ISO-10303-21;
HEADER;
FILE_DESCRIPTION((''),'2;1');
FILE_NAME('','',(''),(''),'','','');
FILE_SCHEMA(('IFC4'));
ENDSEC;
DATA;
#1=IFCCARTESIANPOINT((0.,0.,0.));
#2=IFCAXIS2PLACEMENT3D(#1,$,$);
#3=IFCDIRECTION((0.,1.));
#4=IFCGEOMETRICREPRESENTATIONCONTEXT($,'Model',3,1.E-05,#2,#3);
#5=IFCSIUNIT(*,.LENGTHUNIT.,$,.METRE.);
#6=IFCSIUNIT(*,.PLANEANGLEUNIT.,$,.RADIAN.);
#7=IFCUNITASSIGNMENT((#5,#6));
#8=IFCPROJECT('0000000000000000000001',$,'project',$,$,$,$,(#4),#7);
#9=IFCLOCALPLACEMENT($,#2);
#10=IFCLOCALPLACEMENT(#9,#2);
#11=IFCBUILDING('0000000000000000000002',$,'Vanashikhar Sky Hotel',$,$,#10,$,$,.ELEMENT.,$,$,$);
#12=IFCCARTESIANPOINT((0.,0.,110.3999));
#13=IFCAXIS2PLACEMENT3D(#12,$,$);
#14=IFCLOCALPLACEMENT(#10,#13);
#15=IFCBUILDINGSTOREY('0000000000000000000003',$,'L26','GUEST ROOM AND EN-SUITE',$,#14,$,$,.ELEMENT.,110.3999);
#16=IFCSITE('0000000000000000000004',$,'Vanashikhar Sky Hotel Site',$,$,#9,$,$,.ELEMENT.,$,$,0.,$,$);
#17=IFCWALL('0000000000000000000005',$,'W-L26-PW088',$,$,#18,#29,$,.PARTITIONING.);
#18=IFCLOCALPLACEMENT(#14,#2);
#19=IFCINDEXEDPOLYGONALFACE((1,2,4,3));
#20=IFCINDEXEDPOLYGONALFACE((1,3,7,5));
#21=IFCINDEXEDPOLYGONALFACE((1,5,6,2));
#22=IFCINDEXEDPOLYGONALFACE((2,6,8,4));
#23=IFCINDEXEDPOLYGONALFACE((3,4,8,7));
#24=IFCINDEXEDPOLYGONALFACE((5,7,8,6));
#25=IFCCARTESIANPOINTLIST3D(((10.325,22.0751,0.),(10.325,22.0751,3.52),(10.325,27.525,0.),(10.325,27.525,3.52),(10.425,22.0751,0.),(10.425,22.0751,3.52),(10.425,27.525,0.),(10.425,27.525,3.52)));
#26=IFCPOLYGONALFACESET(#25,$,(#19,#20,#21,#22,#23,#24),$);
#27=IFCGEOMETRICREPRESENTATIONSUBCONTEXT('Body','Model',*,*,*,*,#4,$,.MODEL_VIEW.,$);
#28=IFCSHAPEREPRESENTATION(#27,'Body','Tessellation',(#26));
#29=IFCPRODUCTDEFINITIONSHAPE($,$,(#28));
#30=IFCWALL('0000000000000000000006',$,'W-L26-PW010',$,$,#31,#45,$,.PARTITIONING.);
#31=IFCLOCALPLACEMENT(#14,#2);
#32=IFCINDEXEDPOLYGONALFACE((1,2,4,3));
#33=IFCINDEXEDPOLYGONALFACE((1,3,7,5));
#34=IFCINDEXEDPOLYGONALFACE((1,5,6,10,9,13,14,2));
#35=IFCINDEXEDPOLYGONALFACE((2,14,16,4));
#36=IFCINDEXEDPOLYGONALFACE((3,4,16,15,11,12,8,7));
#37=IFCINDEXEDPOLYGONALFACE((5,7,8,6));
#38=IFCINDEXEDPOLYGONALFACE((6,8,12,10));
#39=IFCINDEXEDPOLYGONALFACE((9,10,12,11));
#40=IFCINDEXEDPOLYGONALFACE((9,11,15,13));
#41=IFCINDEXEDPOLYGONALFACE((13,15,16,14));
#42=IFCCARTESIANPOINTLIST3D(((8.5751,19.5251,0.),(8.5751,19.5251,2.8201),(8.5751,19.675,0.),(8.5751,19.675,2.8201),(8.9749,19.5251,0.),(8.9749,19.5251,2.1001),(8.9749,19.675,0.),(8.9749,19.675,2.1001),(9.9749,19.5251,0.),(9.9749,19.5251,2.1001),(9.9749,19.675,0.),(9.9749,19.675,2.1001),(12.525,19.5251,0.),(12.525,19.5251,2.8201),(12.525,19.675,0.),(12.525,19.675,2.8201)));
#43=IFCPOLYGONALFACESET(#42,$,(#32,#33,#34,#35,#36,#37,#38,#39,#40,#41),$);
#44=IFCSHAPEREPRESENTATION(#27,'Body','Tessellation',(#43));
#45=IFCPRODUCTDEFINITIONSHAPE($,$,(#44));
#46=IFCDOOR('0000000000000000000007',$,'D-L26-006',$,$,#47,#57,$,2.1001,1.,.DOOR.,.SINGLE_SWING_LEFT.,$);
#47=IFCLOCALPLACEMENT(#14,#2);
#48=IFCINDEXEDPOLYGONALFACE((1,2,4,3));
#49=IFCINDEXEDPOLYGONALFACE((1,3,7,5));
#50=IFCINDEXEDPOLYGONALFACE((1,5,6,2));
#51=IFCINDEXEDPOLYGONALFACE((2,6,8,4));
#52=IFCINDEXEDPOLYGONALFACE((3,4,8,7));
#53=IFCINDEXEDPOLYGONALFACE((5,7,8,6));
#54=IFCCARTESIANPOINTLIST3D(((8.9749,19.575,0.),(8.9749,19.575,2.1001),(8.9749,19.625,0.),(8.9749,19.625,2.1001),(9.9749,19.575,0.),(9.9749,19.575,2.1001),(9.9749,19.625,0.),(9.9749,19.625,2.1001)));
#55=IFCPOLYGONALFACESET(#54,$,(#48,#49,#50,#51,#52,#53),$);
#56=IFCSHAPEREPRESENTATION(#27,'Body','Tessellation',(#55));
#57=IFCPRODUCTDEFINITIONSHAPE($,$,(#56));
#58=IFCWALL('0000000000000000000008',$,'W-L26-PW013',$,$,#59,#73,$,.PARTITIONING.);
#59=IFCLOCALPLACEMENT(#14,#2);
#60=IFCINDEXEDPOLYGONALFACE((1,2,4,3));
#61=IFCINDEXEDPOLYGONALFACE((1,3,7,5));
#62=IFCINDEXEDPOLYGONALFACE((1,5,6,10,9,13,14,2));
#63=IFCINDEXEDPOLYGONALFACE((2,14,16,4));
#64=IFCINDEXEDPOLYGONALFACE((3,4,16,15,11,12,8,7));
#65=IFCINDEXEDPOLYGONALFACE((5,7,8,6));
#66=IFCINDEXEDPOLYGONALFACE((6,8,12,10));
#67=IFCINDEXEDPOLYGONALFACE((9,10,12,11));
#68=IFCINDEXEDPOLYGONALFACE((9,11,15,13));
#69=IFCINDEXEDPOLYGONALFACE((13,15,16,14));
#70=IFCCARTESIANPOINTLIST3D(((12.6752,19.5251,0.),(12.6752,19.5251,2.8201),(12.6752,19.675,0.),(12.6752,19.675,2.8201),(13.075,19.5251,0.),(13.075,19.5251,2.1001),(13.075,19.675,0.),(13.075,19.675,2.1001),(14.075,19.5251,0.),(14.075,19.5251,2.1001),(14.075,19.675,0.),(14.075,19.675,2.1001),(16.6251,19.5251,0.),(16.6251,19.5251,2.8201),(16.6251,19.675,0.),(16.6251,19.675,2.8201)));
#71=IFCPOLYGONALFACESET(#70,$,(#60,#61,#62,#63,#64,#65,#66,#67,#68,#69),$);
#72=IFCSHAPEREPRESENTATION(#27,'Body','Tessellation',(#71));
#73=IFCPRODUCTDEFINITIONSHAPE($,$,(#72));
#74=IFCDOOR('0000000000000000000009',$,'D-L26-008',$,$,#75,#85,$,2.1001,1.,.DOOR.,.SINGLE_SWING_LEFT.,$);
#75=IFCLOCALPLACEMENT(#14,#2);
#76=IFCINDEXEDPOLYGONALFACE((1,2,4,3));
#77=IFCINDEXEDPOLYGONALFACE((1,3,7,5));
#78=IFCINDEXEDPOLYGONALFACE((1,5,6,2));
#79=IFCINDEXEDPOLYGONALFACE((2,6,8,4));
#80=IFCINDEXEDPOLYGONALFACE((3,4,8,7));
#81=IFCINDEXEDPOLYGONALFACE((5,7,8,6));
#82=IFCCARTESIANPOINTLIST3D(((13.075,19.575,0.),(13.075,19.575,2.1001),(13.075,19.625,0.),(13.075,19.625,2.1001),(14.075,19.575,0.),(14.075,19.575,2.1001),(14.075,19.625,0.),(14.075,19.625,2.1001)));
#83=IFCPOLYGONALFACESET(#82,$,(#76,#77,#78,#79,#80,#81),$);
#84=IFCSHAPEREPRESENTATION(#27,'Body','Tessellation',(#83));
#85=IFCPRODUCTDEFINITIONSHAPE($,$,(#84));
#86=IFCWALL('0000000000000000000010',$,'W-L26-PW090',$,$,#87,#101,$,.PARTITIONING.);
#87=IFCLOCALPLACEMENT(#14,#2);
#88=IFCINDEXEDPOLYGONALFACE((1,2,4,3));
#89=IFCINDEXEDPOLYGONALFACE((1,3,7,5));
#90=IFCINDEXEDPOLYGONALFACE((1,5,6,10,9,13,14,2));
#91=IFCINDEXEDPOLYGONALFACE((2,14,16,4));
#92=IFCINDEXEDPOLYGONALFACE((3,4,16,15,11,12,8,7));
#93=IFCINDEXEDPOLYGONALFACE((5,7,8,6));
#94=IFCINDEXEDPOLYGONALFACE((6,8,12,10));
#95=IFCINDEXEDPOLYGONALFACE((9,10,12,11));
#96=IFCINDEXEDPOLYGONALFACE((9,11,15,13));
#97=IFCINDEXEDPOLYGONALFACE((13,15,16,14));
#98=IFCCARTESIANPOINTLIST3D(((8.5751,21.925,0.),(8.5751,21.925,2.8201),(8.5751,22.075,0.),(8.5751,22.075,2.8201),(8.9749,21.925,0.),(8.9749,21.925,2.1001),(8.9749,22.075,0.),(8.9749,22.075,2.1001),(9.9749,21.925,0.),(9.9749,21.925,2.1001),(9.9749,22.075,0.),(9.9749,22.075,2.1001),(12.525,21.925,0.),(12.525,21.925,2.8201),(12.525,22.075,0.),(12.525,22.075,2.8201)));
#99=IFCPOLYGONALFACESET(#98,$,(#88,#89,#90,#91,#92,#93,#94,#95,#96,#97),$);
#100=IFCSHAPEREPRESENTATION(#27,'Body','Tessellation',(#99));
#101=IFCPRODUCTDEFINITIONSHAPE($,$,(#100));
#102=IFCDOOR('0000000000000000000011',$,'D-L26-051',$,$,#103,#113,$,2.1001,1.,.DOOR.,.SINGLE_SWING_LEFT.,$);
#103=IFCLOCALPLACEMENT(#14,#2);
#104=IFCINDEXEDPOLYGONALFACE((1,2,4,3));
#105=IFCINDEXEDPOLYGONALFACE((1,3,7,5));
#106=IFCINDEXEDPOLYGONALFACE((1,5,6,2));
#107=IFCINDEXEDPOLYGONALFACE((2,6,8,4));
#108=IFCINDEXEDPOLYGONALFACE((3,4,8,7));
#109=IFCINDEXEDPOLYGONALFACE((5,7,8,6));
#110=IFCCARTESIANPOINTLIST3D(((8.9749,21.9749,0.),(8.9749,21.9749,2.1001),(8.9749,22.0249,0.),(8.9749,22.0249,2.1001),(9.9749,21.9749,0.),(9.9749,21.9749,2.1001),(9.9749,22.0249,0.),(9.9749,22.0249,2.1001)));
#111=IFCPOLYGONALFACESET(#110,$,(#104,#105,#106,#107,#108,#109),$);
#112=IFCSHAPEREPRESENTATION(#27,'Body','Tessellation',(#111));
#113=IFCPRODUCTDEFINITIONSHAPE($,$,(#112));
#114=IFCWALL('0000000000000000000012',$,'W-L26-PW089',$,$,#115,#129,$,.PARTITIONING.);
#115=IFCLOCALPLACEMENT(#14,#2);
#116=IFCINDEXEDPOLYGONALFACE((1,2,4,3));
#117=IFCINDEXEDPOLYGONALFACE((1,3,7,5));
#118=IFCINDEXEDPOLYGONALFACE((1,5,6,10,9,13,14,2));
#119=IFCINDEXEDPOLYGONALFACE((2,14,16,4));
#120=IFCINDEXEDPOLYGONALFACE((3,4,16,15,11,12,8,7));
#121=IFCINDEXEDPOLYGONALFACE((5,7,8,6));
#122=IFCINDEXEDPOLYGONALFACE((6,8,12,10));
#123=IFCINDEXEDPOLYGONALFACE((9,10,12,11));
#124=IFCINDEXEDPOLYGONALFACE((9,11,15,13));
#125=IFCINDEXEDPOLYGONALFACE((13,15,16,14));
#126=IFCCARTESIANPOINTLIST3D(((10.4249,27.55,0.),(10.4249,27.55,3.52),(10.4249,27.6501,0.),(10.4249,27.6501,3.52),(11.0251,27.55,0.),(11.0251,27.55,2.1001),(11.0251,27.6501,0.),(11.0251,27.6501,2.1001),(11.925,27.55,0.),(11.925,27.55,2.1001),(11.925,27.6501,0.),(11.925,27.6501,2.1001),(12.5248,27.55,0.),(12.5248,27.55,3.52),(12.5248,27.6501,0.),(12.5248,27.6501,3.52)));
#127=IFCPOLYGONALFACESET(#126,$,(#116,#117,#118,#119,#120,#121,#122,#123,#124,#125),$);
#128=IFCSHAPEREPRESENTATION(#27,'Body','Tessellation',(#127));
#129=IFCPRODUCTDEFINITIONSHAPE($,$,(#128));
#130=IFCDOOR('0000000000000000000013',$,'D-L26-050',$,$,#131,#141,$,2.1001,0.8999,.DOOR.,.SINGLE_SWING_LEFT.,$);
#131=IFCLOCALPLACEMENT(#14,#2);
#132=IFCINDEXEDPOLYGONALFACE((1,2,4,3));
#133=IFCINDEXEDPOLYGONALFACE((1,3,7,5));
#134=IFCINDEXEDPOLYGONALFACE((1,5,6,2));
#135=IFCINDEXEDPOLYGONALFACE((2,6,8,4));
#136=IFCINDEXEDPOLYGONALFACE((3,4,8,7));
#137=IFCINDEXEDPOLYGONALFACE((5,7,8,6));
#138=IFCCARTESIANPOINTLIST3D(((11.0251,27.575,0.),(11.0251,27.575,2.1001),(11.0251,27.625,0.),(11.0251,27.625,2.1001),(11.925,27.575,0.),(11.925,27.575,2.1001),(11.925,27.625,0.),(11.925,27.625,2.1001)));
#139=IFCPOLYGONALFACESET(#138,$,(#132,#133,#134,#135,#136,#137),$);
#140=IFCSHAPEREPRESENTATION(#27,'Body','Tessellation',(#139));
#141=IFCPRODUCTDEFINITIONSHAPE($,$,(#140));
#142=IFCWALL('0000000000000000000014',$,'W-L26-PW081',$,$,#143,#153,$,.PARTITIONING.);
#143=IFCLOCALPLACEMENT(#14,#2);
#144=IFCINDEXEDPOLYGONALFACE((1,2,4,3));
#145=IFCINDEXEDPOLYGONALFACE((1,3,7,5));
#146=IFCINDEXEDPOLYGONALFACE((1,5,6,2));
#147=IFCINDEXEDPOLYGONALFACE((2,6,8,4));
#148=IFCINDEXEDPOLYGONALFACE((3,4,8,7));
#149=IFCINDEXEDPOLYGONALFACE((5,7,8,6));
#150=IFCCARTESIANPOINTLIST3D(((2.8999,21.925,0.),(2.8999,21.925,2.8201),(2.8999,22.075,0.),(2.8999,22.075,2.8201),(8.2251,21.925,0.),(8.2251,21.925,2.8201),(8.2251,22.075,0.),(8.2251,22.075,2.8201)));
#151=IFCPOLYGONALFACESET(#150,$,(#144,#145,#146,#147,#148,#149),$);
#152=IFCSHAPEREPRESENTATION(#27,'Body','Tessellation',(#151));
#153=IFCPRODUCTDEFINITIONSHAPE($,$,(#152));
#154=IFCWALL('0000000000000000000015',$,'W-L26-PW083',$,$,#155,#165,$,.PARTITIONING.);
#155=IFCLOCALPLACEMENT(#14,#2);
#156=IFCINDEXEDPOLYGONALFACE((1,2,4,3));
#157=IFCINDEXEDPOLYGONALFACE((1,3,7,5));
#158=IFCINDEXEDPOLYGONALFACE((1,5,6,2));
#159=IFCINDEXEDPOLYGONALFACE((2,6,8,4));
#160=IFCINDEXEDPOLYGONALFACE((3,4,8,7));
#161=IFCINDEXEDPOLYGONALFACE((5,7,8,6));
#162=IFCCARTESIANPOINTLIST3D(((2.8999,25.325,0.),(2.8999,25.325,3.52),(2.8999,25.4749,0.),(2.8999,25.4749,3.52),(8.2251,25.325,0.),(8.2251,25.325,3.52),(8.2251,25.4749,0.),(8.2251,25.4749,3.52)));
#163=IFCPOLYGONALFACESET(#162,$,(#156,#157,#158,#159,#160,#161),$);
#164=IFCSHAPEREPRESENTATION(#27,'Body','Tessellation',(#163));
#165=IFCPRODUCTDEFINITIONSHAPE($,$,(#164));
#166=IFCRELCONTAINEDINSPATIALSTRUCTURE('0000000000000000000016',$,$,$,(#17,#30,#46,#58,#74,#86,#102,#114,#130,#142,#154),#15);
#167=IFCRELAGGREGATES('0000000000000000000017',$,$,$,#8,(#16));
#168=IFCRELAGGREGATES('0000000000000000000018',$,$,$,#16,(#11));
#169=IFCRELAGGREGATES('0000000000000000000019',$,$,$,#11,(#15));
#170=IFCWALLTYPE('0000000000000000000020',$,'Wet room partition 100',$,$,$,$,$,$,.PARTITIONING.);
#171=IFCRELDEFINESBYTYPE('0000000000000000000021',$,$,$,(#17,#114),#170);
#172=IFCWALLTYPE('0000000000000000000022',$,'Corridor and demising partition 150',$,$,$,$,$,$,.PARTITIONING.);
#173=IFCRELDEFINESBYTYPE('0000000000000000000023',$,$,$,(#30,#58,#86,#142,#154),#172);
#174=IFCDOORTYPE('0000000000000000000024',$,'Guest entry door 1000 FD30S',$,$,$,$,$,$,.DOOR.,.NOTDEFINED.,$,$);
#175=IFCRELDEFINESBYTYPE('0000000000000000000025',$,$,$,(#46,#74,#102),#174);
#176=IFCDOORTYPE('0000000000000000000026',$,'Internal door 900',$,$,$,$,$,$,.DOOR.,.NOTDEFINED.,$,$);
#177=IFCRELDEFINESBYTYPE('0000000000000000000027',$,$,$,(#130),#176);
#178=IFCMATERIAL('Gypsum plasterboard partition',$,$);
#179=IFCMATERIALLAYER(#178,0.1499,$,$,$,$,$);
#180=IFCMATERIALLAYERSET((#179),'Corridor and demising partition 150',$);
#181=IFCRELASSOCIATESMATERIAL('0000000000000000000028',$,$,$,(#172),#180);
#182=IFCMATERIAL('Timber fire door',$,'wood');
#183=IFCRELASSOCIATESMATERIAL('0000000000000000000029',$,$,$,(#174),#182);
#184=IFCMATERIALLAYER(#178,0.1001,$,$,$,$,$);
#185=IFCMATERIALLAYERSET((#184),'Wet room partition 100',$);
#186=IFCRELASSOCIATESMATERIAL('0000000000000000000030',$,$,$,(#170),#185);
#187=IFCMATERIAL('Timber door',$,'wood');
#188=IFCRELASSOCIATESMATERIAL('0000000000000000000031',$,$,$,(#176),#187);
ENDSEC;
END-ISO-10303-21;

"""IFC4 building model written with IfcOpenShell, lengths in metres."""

from ifc_helpers import new_model, si_unit, direction, frame, frame_2d, origin, place, context, subcontext, project, spatial, rectangle, extrude, source, transform, mapped, material, layer, layer_set, type_object, element, fill, save


model = new_model("IFC4")

# Units and contexts
model_context = context("Model", 3, precision=1e-05, world=origin(), true_north=direction((0.0, 1.0)))
body_context = subcontext(model_context, "Body", "Model", "MODEL_VIEW")
ifc_project = project(units=[si_unit("LENGTHUNIT", "METRE"), si_unit("PLANEANGLEUNIT", "RADIAN")], contexts=[model_context])

# Site, building, storey
site_placement = place(None, origin())
site = spatial("IfcSite", under=ifc_project, at=site_placement, Name="Vanashikhar Sky Hotel Site", CompositionType="ELEMENT", RefElevation=0.0)
building_placement = place(site_placement, origin())
building = spatial("IfcBuilding", under=site, at=building_placement, Name="Vanashikhar Sky Hotel", CompositionType="ELEMENT")
storey_placement = place(building_placement, frame((0.0, 0.0, 110.3999)))
storey = spatial("IfcBuildingStorey", under=building, at=storey_placement, Name="L26", Description="GUEST ROOM AND EN-SUITE", CompositionType="ELEMENT", Elevation=110.3999)

# Shared definitions
ifc_material_1 = material(Name="Gypsum plasterboard partition")
ifc_layer_1 = layer(ifc_material_1, 0.1499)
ifc_layer_set_1 = layer_set([ifc_layer_1], Name="Corridor and demising partition 150")
wall_type_1 = type_object("IfcWallType", Name="Corridor and demising partition 150", PredefinedType="PARTITIONING", material=ifc_layer_set_1)
shared_shape_1 = source(origin(), body_context, "Body", "SweptSolid", [
    extrude(rectangle(XDim=1.0, YDim=2.1001, at=frame_2d((0.5, 1.05))), frame((0.0, 0.085, 0.0), z_axis=(0.0, -1.0, 0.0), x_axis=(1.0, 0.0, 0.0)), (0.0, 0.0, 1.0), 0.1699),
])
ifc_material_2 = material(Name="Timber fire door", Category="wood")
door_type_1 = type_object("IfcDoorType", Name="Guest entry door 1000 FD30S", OperationType="NOTDEFINED", PredefinedType="DOOR", material=ifc_material_2)
shared_shape_2 = source(origin(), body_context, "Body", "SweptSolid", [
    extrude(rectangle(XDim=1.0, YDim=2.1001, at=frame_2d((0.5, 1.05))), frame((0.0, 0.0249, 0.0), z_axis=(0.0, -1.0, 0.0), x_axis=(1.0, 0.0, 0.0)), (0.0, 0.0, 1.0), 0.05),
])

# Wall
ifc_layer_2 = layer(ifc_material_1, 0.1001)
ifc_layer_set_2 = layer_set([ifc_layer_2], Name="Wet room partition 100")
wall_type_2 = type_object("IfcWallType", Name="Wet room partition 100", PredefinedType="PARTITIONING", material=ifc_layer_set_2)
shared_shape_3 = source(origin(), body_context, "Body", "SweptSolid", [
    extrude(rectangle(XDim=5.45, YDim=0.1001, at=frame_2d((2.7251, 0.0))), origin(), (0.0, 0.0, 1.0), 3.52),
])
wall_1_placement = place(storey_placement, frame((10.375, 22.075, 0.0), z_axis=(0.0, 0.0, 1.0), x_axis=(0.0, 1.0, 0.0)))
element("IfcWall", 1, at=wall_1_placement, inside=storey, type_object=wall_type_2, Name="W-L26-PW088", PredefinedType="PARTITIONING", context=body_context, shape_type="MappedRepresentation", body=[
    mapped(shared_shape_3, transform((0.0, 0.0, 0.0), scale=1.0)),
])

# Walls, openings, doors
shared_shape_4 = source(origin(), body_context, "Body", "SweptSolid", [
    extrude(rectangle(XDim=3.95, YDim=0.1499, at=frame_2d((1.9751, 0.0))), origin(), (0.0, 0.0, 1.0), 2.8201),
])
wall_2_placement = place(storey_placement, frame((8.575, 19.6001, 0.0), z_axis=(0.0, 0.0, 1.0), x_axis=(1.0, 0.0, 0.0)))
wall_2 = element("IfcWall", 2, at=wall_2_placement, inside=storey, type_object=wall_type_1, Name="W-L26-PW010", PredefinedType="PARTITIONING", context=body_context, shape_type="MappedRepresentation", body=[
    mapped(shared_shape_4, transform((0.0, 0.0, 0.0), scale=1.0)),
])
opening_1_placement = place(wall_2_placement, frame((0.3999, 0.0, 0.0)))
opening_1 = element("IfcOpeningElement", 3, at=opening_1_placement, cuts=wall_2, PredefinedType="OPENING", context=body_context, shape_type="MappedRepresentation", body=[
    mapped(shared_shape_1, transform((0.0, 0.0, 0.0), scale=1.0)),
])
door_1_placement = place(opening_1_placement, origin())
door_1 = element("IfcDoor", 4, at=door_1_placement, inside=storey, type_object=door_type_1, Name="D-L26-006", OperationType="SINGLE_SWING_LEFT", OverallHeight=2.1001, OverallWidth=1.0, PredefinedType="DOOR", context=body_context, shape_type="MappedRepresentation", body=[
    mapped(shared_shape_2, transform((0.0, 0.0, 0.0), scale=1.0)),
])
fill(opening_1, door_1)
wall_3_placement = place(storey_placement, frame((12.675, 19.6001, 0.0), z_axis=(0.0, 0.0, 1.0), x_axis=(1.0, 0.0, 0.0)))
wall_3 = element("IfcWall", 5, at=wall_3_placement, inside=storey, type_object=wall_type_1, Name="W-L26-PW013", PredefinedType="PARTITIONING", context=body_context, shape_type="MappedRepresentation", body=[
    mapped(shared_shape_4, transform((0.0, 0.0, 0.0), scale=1.0)),
])
opening_2_placement = place(wall_3_placement, frame((0.3999, 0.0, 0.0)))
opening_2 = element("IfcOpeningElement", 6, at=opening_2_placement, cuts=wall_3, PredefinedType="OPENING", context=body_context, shape_type="MappedRepresentation", body=[
    mapped(shared_shape_1, transform((0.0, 0.0, 0.0), scale=1.0)),
])
door_2_placement = place(opening_2_placement, origin())
door_2 = element("IfcDoor", 7, at=door_2_placement, inside=storey, type_object=door_type_1, Name="D-L26-008", OperationType="SINGLE_SWING_LEFT", OverallHeight=2.1001, OverallWidth=1.0, PredefinedType="DOOR", context=body_context, shape_type="MappedRepresentation", body=[
    mapped(shared_shape_2, transform((0.0, 0.0, 0.0), scale=1.0)),
])
fill(opening_2, door_2)
wall_4_placement = place(storey_placement, frame((8.575, 22.0, 0.0), z_axis=(0.0, 0.0, 1.0), x_axis=(1.0, 0.0, 0.0)))
wall_4 = element("IfcWall", 8, at=wall_4_placement, inside=storey, type_object=wall_type_1, Name="W-L26-PW090", PredefinedType="PARTITIONING", context=body_context, shape_type="MappedRepresentation", body=[
    mapped(shared_shape_4, transform((0.0, 0.0, 0.0), scale=1.0)),
])
opening_3_placement = place(wall_4_placement, frame((0.3999, 0.0, 0.0)))
opening_3 = element("IfcOpeningElement", 9, at=opening_3_placement, cuts=wall_4, PredefinedType="OPENING", context=body_context, shape_type="MappedRepresentation", body=[
    mapped(shared_shape_1, transform((0.0, 0.0, 0.0), scale=1.0)),
])
door_3_placement = place(opening_3_placement, origin())
door_3 = element("IfcDoor", 10, at=door_3_placement, inside=storey, type_object=door_type_1, Name="D-L26-051", OperationType="SINGLE_SWING_LEFT", OverallHeight=2.1001, OverallWidth=1.0, PredefinedType="DOOR", context=body_context, shape_type="MappedRepresentation", body=[
    mapped(shared_shape_2, transform((0.0, 0.0, 0.0), scale=1.0)),
])
fill(opening_3, door_3)
shared_shape_5 = source(origin(), body_context, "Body", "SweptSolid", [
    extrude(rectangle(XDim=2.0999, YDim=0.1001, at=frame_2d((1.0498, 0.0))), origin(), (0.0, 0.0, 1.0), 3.52),
])
wall_5_placement = place(storey_placement, frame((10.425, 27.6001, 0.0), z_axis=(0.0, 0.0, 1.0), x_axis=(1.0, 0.0, 0.0)))
wall_5 = element("IfcWall", 11, at=wall_5_placement, inside=storey, type_object=wall_type_2, Name="W-L26-PW089", PredefinedType="PARTITIONING", context=body_context, shape_type="MappedRepresentation", body=[
    mapped(shared_shape_5, transform((0.0, 0.0, 0.0), scale=1.0)),
])
shared_shape_6 = source(origin(), body_context, "Body", "SweptSolid", [
    extrude(rectangle(XDim=0.8999, YDim=2.1001, at=frame_2d((0.45, 1.05))), frame((0.0, 0.0601, 0.0), z_axis=(0.0, -1.0, 0.0), x_axis=(1.0, 0.0, 0.0)), (0.0, 0.0, 1.0), 0.1201),
])
opening_4_placement = place(wall_5_placement, frame((0.6001, 0.0, 0.0)))
opening_4 = element("IfcOpeningElement", 12, at=opening_4_placement, cuts=wall_5, PredefinedType="OPENING", context=body_context, shape_type="MappedRepresentation", body=[
    mapped(shared_shape_6, transform((0.0, 0.0, 0.0), scale=1.0)),
])
ifc_material_3 = material(Name="Timber door", Category="wood")
door_type_2 = type_object("IfcDoorType", Name="Internal door 900", OperationType="NOTDEFINED", PredefinedType="DOOR", material=ifc_material_3)
shared_shape_7 = source(origin(), body_context, "Body", "SweptSolid", [
    extrude(rectangle(XDim=0.8999, YDim=2.1001, at=frame_2d((0.45, 1.05))), frame((0.0, 0.0249, 0.0), z_axis=(0.0, -1.0, 0.0), x_axis=(1.0, 0.0, 0.0)), (0.0, 0.0, 1.0), 0.05),
])
door_4_placement = place(opening_4_placement, origin())
door_4 = element("IfcDoor", 13, at=door_4_placement, inside=storey, type_object=door_type_2, Name="D-L26-050", OperationType="SINGLE_SWING_LEFT", OverallHeight=2.1001, OverallWidth=0.8999, PredefinedType="DOOR", context=body_context, shape_type="MappedRepresentation", body=[
    mapped(shared_shape_7, transform((0.0, 0.0, 0.0), scale=1.0)),
])
fill(opening_4, door_4)

# Walls
shared_shape_8 = source(origin(), body_context, "Body", "SweptSolid", [
    extrude(rectangle(XDim=5.3252, YDim=0.1499, at=frame_2d((2.6626, 0.0))), origin(), (0.0, 0.0, 1.0), 2.8201),
])
wall_6_placement = place(storey_placement, frame((2.8999, 22.0, 0.0), z_axis=(0.0, 0.0, 1.0), x_axis=(1.0, 0.0, 0.0)))
element("IfcWall", 14, at=wall_6_placement, inside=storey, type_object=wall_type_1, Name="W-L26-PW081", PredefinedType="PARTITIONING", context=body_context, shape_type="MappedRepresentation", body=[
    mapped(shared_shape_8, transform((0.0, 0.0, 0.0), scale=1.0)),
])
shared_shape_9 = source(origin(), body_context, "Body", "SweptSolid", [
    extrude(rectangle(XDim=5.3252, YDim=0.1499, at=frame_2d((2.6626, 0.0))), origin(), (0.0, 0.0, 1.0), 3.52),
])
wall_7_placement = place(storey_placement, frame((2.8999, 25.3999, 0.0), z_axis=(0.0, 0.0, 1.0), x_axis=(1.0, 0.0, 0.0)))
element("IfcWall", 15, at=wall_7_placement, inside=storey, type_object=wall_type_1, Name="W-L26-PW083", PredefinedType="PARTITIONING", context=body_context, shape_type="MappedRepresentation", body=[
    mapped(shared_shape_9, transform((0.0, 0.0, 0.0), scale=1.0)),
])

save(model, "model.ifc")
